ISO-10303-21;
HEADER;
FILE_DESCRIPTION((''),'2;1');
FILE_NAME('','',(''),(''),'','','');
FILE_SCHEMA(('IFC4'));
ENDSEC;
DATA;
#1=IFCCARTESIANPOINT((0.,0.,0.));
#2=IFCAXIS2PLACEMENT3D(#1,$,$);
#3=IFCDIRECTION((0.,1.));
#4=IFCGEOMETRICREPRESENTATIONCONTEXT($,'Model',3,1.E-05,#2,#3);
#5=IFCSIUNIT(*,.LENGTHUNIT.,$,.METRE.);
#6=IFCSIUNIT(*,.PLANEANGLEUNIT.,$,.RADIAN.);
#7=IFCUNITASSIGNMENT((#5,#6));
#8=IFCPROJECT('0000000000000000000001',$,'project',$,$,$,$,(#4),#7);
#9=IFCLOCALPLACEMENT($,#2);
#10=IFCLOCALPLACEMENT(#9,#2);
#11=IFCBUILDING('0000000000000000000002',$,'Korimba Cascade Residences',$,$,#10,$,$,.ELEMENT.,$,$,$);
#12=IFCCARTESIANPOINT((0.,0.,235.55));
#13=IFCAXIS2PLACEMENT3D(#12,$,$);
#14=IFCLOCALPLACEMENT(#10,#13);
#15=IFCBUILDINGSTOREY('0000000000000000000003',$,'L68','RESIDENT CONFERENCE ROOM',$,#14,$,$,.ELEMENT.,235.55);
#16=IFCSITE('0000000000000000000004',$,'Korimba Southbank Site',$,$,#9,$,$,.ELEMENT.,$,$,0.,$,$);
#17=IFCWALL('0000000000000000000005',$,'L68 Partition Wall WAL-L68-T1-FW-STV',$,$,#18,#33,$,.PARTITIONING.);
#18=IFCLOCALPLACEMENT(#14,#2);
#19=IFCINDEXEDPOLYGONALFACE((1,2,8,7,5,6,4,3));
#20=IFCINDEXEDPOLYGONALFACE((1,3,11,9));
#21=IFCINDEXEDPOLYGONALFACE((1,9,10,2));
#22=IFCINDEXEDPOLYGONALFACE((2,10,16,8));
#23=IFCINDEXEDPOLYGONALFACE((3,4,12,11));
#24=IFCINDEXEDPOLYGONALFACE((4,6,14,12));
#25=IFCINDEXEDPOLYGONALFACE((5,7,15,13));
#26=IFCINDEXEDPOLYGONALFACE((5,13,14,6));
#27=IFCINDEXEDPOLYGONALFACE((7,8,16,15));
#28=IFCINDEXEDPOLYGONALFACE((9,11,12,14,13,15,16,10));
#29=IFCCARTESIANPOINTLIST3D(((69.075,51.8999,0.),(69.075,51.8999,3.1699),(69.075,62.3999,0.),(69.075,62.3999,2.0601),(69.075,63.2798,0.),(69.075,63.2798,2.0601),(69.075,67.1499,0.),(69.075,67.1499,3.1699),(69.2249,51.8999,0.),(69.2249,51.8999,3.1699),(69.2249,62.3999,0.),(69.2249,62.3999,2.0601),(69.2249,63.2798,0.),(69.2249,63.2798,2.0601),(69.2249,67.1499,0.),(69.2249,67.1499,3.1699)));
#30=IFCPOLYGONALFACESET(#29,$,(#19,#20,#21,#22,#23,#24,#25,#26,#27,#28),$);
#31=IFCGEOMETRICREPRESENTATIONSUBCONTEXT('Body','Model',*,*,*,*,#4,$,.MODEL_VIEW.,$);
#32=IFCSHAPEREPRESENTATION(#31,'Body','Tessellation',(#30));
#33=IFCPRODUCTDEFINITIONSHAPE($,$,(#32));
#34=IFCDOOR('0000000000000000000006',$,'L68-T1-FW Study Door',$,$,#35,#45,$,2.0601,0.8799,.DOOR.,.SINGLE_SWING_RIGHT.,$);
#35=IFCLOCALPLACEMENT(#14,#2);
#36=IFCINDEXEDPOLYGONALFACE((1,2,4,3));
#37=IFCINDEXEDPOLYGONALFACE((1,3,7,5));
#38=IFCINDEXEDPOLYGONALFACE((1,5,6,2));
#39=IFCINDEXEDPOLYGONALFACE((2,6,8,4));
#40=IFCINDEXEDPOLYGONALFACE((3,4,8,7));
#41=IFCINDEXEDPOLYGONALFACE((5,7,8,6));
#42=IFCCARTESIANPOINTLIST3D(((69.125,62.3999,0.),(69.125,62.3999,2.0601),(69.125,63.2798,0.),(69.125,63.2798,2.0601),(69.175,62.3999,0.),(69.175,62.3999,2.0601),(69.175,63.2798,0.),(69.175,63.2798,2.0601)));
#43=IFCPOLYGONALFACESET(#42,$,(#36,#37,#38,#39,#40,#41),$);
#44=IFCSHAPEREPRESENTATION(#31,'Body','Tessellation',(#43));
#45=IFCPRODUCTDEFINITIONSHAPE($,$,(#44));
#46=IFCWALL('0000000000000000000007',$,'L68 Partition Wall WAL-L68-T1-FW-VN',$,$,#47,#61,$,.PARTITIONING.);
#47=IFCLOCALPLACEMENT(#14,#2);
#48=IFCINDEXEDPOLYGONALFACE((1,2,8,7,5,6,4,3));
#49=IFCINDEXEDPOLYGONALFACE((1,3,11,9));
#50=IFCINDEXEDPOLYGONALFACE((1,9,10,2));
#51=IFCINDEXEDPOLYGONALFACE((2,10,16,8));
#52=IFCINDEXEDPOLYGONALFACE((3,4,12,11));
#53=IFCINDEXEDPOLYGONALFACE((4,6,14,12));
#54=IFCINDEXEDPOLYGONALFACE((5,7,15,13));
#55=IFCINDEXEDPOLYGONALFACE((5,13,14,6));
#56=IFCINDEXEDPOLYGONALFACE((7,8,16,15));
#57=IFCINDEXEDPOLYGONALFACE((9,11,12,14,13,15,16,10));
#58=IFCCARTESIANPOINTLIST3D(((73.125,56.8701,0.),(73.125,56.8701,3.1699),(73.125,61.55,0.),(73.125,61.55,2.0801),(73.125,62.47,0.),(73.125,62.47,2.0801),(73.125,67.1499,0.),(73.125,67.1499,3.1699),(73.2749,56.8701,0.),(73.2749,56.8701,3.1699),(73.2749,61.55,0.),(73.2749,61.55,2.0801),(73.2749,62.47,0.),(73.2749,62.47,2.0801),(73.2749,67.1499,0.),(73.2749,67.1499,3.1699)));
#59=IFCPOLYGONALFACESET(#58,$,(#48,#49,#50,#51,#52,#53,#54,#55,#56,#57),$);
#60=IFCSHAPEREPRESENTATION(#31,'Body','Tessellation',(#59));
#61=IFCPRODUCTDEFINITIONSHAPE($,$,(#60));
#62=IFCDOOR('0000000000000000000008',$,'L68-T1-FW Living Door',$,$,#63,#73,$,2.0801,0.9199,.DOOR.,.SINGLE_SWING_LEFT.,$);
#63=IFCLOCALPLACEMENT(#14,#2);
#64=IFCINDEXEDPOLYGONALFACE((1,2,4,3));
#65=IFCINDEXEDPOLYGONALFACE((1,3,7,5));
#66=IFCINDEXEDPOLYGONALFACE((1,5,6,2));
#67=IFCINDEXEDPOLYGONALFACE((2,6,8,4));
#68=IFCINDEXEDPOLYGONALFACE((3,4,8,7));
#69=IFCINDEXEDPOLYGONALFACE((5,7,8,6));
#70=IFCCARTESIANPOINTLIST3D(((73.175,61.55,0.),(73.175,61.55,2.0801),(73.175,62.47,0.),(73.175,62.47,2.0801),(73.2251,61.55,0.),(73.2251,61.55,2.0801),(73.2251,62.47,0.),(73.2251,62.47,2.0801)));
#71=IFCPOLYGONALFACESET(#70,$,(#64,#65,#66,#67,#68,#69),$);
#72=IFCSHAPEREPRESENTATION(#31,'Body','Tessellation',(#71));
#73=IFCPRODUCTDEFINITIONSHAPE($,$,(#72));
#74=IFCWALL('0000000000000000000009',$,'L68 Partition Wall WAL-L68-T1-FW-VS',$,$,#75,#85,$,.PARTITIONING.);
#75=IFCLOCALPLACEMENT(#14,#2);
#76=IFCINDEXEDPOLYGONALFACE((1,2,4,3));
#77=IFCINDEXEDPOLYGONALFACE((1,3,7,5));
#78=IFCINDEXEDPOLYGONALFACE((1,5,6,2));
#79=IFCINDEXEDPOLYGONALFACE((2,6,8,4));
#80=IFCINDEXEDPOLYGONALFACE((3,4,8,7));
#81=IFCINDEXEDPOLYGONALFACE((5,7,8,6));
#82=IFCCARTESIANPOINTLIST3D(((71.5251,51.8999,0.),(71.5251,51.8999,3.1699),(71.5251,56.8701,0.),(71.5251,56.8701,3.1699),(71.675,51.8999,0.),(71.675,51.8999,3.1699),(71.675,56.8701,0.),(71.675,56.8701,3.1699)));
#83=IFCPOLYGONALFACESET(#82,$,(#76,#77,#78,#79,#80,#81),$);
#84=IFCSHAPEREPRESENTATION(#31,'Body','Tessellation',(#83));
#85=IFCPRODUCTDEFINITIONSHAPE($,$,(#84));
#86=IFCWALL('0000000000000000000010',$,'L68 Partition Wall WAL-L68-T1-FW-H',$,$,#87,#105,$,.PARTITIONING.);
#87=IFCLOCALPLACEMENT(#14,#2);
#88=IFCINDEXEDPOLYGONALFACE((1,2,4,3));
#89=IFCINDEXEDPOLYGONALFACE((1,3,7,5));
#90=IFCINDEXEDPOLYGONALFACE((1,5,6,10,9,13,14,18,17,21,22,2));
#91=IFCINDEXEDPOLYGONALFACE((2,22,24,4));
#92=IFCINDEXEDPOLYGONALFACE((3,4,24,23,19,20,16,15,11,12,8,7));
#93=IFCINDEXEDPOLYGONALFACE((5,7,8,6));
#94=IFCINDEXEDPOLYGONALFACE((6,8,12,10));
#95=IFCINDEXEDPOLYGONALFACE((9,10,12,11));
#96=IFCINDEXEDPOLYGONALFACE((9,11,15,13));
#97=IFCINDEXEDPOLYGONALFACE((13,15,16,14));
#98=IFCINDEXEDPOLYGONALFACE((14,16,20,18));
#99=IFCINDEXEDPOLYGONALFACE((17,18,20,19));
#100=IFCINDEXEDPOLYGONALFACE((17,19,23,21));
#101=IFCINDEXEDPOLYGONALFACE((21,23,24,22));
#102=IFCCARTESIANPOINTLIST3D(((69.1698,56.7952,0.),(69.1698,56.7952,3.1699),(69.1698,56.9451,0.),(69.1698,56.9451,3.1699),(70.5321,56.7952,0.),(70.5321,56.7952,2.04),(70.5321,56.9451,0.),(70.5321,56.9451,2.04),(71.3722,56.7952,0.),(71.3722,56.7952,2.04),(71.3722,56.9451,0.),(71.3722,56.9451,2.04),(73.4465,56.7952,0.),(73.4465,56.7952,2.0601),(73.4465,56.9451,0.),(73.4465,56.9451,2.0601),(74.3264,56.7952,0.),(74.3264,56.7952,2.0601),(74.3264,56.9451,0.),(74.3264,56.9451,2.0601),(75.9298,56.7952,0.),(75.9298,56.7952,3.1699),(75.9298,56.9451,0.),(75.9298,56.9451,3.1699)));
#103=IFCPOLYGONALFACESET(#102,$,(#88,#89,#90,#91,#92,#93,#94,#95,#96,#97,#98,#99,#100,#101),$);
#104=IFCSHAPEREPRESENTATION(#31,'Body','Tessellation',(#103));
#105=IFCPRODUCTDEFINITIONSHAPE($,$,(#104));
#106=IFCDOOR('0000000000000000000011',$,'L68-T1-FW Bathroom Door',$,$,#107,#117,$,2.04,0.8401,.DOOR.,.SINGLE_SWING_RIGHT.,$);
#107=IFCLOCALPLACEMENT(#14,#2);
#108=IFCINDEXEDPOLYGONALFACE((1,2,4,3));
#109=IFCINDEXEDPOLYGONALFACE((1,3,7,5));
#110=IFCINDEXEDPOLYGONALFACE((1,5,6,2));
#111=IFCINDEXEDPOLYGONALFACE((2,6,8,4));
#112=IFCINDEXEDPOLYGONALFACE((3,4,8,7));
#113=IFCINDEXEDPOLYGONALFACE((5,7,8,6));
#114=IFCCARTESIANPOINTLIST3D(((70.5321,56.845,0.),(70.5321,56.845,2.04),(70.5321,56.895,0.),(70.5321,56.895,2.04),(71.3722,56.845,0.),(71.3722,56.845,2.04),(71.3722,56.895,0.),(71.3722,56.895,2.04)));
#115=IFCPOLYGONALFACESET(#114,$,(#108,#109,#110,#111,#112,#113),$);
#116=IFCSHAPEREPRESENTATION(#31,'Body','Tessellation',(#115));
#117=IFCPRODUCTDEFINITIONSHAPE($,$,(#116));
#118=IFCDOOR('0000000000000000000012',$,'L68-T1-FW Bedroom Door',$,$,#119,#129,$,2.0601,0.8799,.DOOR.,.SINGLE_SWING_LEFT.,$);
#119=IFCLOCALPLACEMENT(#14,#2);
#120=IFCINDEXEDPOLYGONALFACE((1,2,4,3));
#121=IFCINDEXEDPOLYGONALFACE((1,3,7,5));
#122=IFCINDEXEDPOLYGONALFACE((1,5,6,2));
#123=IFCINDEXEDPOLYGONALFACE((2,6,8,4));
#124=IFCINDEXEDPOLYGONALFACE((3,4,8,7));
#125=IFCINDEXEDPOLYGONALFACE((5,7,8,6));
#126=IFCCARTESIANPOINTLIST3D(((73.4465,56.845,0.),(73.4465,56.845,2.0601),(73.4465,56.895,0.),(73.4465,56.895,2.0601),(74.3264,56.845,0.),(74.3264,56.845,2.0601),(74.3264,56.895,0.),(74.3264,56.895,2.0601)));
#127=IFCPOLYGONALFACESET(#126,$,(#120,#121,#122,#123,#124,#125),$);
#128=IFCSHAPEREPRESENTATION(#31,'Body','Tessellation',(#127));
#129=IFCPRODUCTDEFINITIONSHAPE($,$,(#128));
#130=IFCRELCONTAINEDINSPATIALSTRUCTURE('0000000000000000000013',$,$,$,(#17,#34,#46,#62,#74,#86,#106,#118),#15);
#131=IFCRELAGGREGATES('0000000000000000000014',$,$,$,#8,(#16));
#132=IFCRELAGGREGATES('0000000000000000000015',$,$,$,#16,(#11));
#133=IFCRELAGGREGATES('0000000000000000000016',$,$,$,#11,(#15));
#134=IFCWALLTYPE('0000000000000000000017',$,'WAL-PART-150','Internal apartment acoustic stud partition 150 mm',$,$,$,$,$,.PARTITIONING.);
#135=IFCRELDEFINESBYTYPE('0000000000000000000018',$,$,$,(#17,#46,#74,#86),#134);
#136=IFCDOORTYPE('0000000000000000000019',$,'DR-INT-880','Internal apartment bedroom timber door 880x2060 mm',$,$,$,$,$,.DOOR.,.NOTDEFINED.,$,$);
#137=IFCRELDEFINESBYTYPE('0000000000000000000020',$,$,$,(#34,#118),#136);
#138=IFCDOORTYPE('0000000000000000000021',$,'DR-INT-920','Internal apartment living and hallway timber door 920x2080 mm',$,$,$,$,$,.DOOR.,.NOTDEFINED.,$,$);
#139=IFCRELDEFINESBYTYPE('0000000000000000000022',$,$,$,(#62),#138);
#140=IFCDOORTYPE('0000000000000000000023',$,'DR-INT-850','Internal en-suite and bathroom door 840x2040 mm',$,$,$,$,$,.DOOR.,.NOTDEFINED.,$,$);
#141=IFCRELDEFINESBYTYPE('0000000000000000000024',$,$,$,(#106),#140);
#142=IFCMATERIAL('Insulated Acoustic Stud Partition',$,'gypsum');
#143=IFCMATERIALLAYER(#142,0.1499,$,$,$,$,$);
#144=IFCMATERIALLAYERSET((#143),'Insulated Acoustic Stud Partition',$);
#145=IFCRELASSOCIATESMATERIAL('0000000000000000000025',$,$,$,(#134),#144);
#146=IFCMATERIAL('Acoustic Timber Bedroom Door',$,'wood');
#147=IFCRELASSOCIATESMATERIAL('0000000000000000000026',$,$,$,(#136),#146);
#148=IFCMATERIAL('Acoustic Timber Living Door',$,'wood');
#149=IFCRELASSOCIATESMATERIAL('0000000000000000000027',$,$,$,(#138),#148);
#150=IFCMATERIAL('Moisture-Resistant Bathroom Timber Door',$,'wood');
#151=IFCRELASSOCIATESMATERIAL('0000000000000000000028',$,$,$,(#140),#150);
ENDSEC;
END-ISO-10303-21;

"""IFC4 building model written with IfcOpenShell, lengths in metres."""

from ifc_helpers import new_model, si_unit, direction, frame, frame_2d, origin, place, context, subcontext, project, spatial, rectangle, extrude, material, layer, layer_set, type_object, element, fill, save


model = new_model("IFC4")

# Units and contexts
model_context = context("Model", 3, precision=1e-05, world=origin(), true_north=direction((0.0, 1.0)))
body_context = subcontext(model_context, "Body", "Model", "MODEL_VIEW")
ifc_project = project(units=[si_unit("LENGTHUNIT", "METRE"), si_unit("PLANEANGLEUNIT", "RADIAN")], contexts=[model_context])

# Site, building, storey
site_placement = place(None, origin())
site = spatial("IfcSite", under=ifc_project, at=site_placement, Name="Korimba Southbank Site", CompositionType="ELEMENT", RefElevation=0.0)
building_placement = place(site_placement, origin())
building = spatial("IfcBuilding", under=site, at=building_placement, Name="Korimba Cascade Residences", CompositionType="ELEMENT")
storey_placement = place(building_placement, frame((0.0, 0.0, 235.55)))
storey = spatial("IfcBuildingStorey", under=building, at=storey_placement, Name="L68", Description="RESIDENT CONFERENCE ROOM", CompositionType="ELEMENT", Elevation=235.55)

# Walls, openings, doors
ifc_material_1 = material(Name="Insulated Acoustic Stud Partition", Category="gypsum")
ifc_layer_1 = layer(ifc_material_1, 0.1499)
ifc_layer_set_1 = layer_set([ifc_layer_1], Name="Insulated Acoustic Stud Partition")
wall_type_1 = type_object("IfcWallType", Name="WAL-PART-150", Description="Internal apartment acoustic stud partition 150 mm", PredefinedType="PARTITIONING", material=ifc_layer_set_1)
wall_1_placement = place(storey_placement, frame((69.1499, 51.8999, 0.0), z_axis=(0.0, 0.0, 1.0), x_axis=(0.0, 1.0, 0.0)))
wall_1 = element("IfcWall", 1, at=wall_1_placement, inside=storey, type_object=wall_type_1, Name="L68 Partition Wall WAL-L68-T1-FW-STV", PredefinedType="PARTITIONING", context=body_context, shape_type="SweptSolid", body=[
    extrude(rectangle(XDim=15.25, YDim=0.1499, at=frame_2d((7.625, 0.0))), origin(), (0.0, 0.0, 1.0), 3.1699),
])
opening_1_placement = place(wall_1_placement, frame((10.5, 0.0, 0.0)))
opening_1 = element("IfcOpeningElement", 2, at=opening_1_placement, cuts=wall_1, PredefinedType="OPENING", context=body_context, shape_type="SweptSolid", body=[
    extrude(rectangle(XDim=0.8799, YDim=2.0601, at=frame_2d((0.4399, 1.03))), frame((0.0, 0.085, 0.0), z_axis=(0.0, -1.0, 0.0), x_axis=(1.0, 0.0, 0.0)), (0.0, 0.0, 1.0), 0.1699),
])
ifc_material_2 = material(Name="Acoustic Timber Bedroom Door", Category="wood")
door_type_1 = type_object("IfcDoorType", Name="DR-INT-880", Description="Internal apartment bedroom timber door 880x2060 mm", OperationType="NOTDEFINED", PredefinedType="DOOR", material=ifc_material_2)
door_1_placement = place(opening_1_placement, origin())
door_1 = element("IfcDoor", 3, at=door_1_placement, inside=storey, type_object=door_type_1, Name="L68-T1-FW Study Door", OperationType="SINGLE_SWING_RIGHT", OverallHeight=2.0601, OverallWidth=0.8799, PredefinedType="DOOR", context=body_context, shape_type="SweptSolid", body=[
    extrude(rectangle(XDim=0.8799, YDim=2.0601, at=frame_2d((0.4399, 1.03))), frame((0.0, 0.0249, 0.0), z_axis=(0.0, -1.0, 0.0), x_axis=(1.0, 0.0, 0.0)), (0.0, 0.0, 1.0), 0.05),
])
fill(opening_1, door_1)
wall_2_placement = place(storey_placement, frame((73.2, 56.8701, 0.0), z_axis=(0.0, 0.0, 1.0), x_axis=(0.0, 1.0, 0.0)))
wall_2 = element("IfcWall", 4, at=wall_2_placement, inside=storey, type_object=wall_type_1, Name="L68 Partition Wall WAL-L68-T1-FW-VN", PredefinedType="PARTITIONING", context=body_context, shape_type="SweptSolid", body=[
    extrude(rectangle(XDim=10.2798, YDim=0.1499, at=frame_2d((5.1399, 0.0))), origin(), (0.0, 0.0, 1.0), 3.1699),
])
opening_2_placement = place(wall_2_placement, frame((4.6799, 0.0, 0.0)))
opening_2 = element("IfcOpeningElement", 5, at=opening_2_placement, cuts=wall_2, PredefinedType="OPENING", context=body_context, shape_type="SweptSolid", body=[
    extrude(rectangle(XDim=0.9199, YDim=2.0801, at=frame_2d((0.46, 1.04))), frame((0.0, 0.085, 0.0), z_axis=(0.0, -1.0, 0.0), x_axis=(1.0, 0.0, 0.0)), (0.0, 0.0, 1.0), 0.1699),
])
ifc_material_3 = material(Name="Acoustic Timber Living Door", Category="wood")
door_type_2 = type_object("IfcDoorType", Name="DR-INT-920", Description="Internal apartment living and hallway timber door 920x2080 mm", OperationType="NOTDEFINED", PredefinedType="DOOR", material=ifc_material_3)
door_2_placement = place(opening_2_placement, origin())
door_2 = element("IfcDoor", 6, at=door_2_placement, inside=storey, type_object=door_type_2, Name="L68-T1-FW Living Door", OperationType="SINGLE_SWING_LEFT", OverallHeight=2.0801, OverallWidth=0.9199, PredefinedType="DOOR", context=body_context, shape_type="SweptSolid", body=[
    extrude(rectangle(XDim=0.9199, YDim=2.0801, at=frame_2d((0.46, 1.04))), frame((0.0, 0.0249, 0.0), z_axis=(0.0, -1.0, 0.0), x_axis=(1.0, 0.0, 0.0)), (0.0, 0.0, 1.0), 0.05),
])
fill(opening_2, door_2)

# Wall
wall_3_placement = place(storey_placement, frame((71.6001, 51.8999, 0.0), z_axis=(0.0, 0.0, 1.0), x_axis=(0.0, 1.0, 0.0)))
element("IfcWall", 7, at=wall_3_placement, inside=storey, type_object=wall_type_1, Name="L68 Partition Wall WAL-L68-T1-FW-VS", PredefinedType="PARTITIONING", context=body_context, shape_type="SweptSolid", body=[
    extrude(rectangle(XDim=4.9702, YDim=0.1499, at=frame_2d((2.4851, 0.0))), origin(), (0.0, 0.0, 1.0), 3.1699),
])

# Wall, openings, doors
wall_4_placement = place(storey_placement, frame((69.1699, 56.8701, 0.0), z_axis=(0.0, 0.0, 1.0), x_axis=(1.0, 0.0, 0.0)))
wall_4 = element("IfcWall", 8, at=wall_4_placement, inside=storey, type_object=wall_type_1, Name="L68 Partition Wall WAL-L68-T1-FW-H", PredefinedType="PARTITIONING", context=body_context, shape_type="SweptSolid", body=[
    extrude(rectangle(XDim=6.76, YDim=0.1499, at=frame_2d((3.3799, 0.0))), origin(), (0.0, 0.0, 1.0), 3.1699),
])
opening_3_placement = place(wall_4_placement, frame((1.3623, 0.0, 0.0)))
opening_3 = element("IfcOpeningElement", 9, at=opening_3_placement, cuts=wall_4, PredefinedType="OPENING", context=body_context, shape_type="SweptSolid", body=[
    extrude(rectangle(XDim=0.8401, YDim=2.04, at=frame_2d((0.4199, 1.02))), frame((0.0, 0.085, 0.0), z_axis=(0.0, -1.0, 0.0), x_axis=(1.0, 0.0, 0.0)), (0.0, 0.0, 1.0), 0.1699),
])
opening_4_placement = place(wall_4_placement, frame((4.2766, 0.0, 0.0)))
opening_4 = element("IfcOpeningElement", 10, at=opening_4_placement, cuts=wall_4, PredefinedType="OPENING", context=body_context, shape_type="SweptSolid", body=[
    extrude(rectangle(XDim=0.8799, YDim=2.0601, at=frame_2d((0.4399, 1.03))), frame((0.0, 0.085, 0.0), z_axis=(0.0, -1.0, 0.0), x_axis=(1.0, 0.0, 0.0)), (0.0, 0.0, 1.0), 0.1699),
])
ifc_material_4 = material(Name="Moisture-Resistant Bathroom Timber Door", Category="wood")
door_type_3 = type_object("IfcDoorType", Name="DR-INT-850", Description="Internal en-suite and bathroom door 840x2040 mm", OperationType="NOTDEFINED", PredefinedType="DOOR", material=ifc_material_4)
door_3_placement = place(opening_3_placement, origin())
door_3 = element("IfcDoor", 11, at=door_3_placement, inside=storey, type_object=door_type_3, Name="L68-T1-FW Bathroom Door", OperationType="SINGLE_SWING_RIGHT", OverallHeight=2.04, OverallWidth=0.8401, PredefinedType="DOOR", context=body_context, shape_type="SweptSolid", body=[
    extrude(rectangle(XDim=0.8401, YDim=2.04, at=frame_2d((0.4199, 1.02))), frame((0.0, 0.0249, 0.0), z_axis=(0.0, -1.0, 0.0), x_axis=(1.0, 0.0, 0.0)), (0.0, 0.0, 1.0), 0.05),
])
fill(opening_3, door_3)
door_4_placement = place(opening_4_placement, origin())
door_4 = element("IfcDoor", 12, at=door_4_placement, inside=storey, type_object=door_type_1, Name="L68-T1-FW Bedroom Door", OperationType="SINGLE_SWING_LEFT", OverallHeight=2.0601, OverallWidth=0.8799, PredefinedType="DOOR", context=body_context, shape_type="SweptSolid", body=[
    extrude(rectangle(XDim=0.8799, YDim=2.0601, at=frame_2d((0.4399, 1.03))), frame((0.0, 0.0249, 0.0), z_axis=(0.0, -1.0, 0.0), x_axis=(1.0, 0.0, 0.0)), (0.0, 0.0, 1.0), 0.05),
])
fill(opening_4, door_4)

save(model, "model.ifc")
